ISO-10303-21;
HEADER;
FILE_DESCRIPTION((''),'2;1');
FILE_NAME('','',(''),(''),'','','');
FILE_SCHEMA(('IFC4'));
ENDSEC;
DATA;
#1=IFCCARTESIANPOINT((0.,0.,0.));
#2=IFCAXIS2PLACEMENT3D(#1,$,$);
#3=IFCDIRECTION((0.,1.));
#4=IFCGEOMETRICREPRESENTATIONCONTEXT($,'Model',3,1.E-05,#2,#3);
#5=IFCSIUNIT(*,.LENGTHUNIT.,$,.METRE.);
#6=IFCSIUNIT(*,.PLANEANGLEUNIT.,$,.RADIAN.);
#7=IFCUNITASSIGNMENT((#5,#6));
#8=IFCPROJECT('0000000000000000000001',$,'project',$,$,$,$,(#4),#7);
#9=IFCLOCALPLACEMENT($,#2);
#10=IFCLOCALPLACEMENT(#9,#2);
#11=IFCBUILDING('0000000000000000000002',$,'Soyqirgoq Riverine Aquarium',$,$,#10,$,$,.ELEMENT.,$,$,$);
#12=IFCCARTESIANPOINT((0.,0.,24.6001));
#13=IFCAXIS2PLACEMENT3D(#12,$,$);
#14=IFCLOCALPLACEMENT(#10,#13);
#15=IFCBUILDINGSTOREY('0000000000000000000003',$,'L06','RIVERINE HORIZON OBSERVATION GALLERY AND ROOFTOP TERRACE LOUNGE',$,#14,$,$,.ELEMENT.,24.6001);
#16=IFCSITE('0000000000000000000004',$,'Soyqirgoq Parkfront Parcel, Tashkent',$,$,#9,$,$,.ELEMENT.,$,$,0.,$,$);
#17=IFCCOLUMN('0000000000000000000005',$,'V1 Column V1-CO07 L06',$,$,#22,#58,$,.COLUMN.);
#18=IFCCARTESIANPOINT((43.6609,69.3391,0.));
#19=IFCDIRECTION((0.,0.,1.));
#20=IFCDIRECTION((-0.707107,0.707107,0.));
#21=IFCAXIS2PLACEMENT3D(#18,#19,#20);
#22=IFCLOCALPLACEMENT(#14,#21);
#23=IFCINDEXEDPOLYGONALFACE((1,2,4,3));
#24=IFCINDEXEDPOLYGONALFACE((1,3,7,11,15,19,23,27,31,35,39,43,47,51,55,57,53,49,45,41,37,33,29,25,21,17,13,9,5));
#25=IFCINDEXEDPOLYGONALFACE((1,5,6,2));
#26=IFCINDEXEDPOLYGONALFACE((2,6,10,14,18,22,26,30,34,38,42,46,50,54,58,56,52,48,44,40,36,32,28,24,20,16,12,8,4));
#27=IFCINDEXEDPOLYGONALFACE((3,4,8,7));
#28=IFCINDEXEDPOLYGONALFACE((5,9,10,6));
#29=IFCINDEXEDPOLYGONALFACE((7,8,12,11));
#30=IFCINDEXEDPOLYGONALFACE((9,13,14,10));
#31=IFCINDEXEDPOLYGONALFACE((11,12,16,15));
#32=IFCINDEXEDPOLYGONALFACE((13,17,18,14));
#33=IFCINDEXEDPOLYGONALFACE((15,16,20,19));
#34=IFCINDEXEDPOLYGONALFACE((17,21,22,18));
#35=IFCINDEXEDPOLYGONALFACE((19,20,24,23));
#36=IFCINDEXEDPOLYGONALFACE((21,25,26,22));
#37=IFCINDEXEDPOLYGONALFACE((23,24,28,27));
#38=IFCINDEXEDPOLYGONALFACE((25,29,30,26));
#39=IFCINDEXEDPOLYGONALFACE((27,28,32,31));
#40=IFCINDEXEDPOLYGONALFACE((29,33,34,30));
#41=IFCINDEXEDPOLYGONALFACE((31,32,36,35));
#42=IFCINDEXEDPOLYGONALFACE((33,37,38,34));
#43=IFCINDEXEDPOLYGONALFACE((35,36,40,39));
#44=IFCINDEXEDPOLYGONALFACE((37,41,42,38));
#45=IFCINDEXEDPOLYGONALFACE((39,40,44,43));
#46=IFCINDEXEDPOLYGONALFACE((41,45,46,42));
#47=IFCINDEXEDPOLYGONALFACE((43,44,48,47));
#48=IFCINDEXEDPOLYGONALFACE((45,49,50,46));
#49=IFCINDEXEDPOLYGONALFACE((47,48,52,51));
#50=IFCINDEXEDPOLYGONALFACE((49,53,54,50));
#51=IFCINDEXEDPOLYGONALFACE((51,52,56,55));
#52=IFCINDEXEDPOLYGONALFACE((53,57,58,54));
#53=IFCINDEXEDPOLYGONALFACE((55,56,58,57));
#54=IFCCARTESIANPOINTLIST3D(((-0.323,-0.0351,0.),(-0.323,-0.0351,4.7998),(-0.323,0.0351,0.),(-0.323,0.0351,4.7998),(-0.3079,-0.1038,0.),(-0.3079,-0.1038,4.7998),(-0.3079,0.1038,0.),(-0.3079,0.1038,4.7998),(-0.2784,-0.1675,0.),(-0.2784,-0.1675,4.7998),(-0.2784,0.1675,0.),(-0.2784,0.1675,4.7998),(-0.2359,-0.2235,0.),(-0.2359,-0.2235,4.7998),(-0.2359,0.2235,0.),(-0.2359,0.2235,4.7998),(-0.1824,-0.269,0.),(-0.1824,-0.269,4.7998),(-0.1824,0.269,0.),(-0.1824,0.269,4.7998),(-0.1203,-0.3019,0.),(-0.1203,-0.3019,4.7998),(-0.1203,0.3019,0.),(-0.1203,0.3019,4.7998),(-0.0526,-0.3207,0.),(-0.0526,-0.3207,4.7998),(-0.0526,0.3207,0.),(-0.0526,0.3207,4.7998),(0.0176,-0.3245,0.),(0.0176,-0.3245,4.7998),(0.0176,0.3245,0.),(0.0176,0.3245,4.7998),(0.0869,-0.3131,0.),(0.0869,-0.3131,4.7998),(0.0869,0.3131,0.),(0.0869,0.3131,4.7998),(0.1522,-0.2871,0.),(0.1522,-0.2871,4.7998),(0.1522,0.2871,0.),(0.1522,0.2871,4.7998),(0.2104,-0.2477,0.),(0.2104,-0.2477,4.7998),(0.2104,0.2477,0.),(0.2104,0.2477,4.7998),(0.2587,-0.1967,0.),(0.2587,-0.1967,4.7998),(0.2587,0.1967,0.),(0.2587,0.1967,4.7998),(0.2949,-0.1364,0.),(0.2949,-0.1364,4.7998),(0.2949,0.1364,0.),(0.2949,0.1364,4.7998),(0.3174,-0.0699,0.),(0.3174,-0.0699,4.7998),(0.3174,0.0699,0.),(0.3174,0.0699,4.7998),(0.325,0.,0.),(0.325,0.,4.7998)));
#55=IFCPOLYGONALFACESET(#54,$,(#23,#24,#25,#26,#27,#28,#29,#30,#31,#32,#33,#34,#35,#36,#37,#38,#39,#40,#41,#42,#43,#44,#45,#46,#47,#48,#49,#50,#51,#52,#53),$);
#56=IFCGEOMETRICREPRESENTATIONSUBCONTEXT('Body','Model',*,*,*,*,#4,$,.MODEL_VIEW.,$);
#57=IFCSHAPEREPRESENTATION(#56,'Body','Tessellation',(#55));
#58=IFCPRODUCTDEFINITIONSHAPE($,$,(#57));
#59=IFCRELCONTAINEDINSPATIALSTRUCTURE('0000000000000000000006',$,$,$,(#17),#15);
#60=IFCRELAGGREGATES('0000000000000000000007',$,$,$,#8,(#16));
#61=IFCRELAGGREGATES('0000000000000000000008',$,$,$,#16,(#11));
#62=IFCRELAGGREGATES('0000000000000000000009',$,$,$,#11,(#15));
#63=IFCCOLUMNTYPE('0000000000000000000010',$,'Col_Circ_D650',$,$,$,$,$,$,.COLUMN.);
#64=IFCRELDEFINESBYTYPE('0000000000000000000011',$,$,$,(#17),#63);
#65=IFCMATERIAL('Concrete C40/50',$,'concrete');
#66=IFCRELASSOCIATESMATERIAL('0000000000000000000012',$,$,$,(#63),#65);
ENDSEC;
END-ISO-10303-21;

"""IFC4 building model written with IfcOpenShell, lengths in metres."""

from ifc_helpers import new_model, si_unit, direction, frame, origin, origin_2d, place, context, subcontext, project, spatial, circle, extrude, material, material_profile, profile_set, type_object, element, save


model = new_model("IFC4")

# Units and contexts
model_context = context("Model", 3, precision=1e-05, world=origin(), true_north=direction((0.0, 1.0)))
body_context = subcontext(model_context, "Body", "Model", "MODEL_VIEW")
ifc_project = project(units=[si_unit("LENGTHUNIT", "METRE"), si_unit("PLANEANGLEUNIT", "RADIAN")], contexts=[model_context])

# Site, building, storey
site_placement = place(None, origin())
site = spatial("IfcSite", under=ifc_project, at=site_placement, Name="Soyqirgoq Parkfront Parcel, Tashkent", CompositionType="ELEMENT", RefElevation=0.0)
building_placement = place(site_placement, origin())
building = spatial("IfcBuilding", under=site, at=building_placement, Name="Soyqirgoq Riverine Aquarium", CompositionType="ELEMENT")
storey_placement = place(building_placement, frame((0.0, 0.0, 24.6001)))
storey = spatial("IfcBuildingStorey", under=building, at=storey_placement, Name="L06", Description="RIVERINE HORIZON OBSERVATION GALLERY AND ROOFTOP TERRACE LOUNGE", CompositionType="ELEMENT", Elevation=24.6001)

# Column
ifc_material_1 = material(Name="Concrete C40/50", Category="concrete")
ifc_material_profile_1 = material_profile(ifc_material_1, circle(Radius=0.325, at=origin_2d()), Name="RC-COL D650")
ifc_profile_set_1 = profile_set([ifc_material_profile_1], Name="Concrete C40/50")
column_type = type_object("IfcColumnType", Name="Col_Circ_D650", PredefinedType="COLUMN", material=ifc_profile_set_1)
column_placement = place(storey_placement, frame((43.6609, 69.3391, 0.0), z_axis=(0.0, 0.0, 1.0), x_axis=(-0.707107, 0.707107, 0.0)))
element("IfcColumn", 1, at=column_placement, inside=storey, type_object=column_type, Name="V1 Column V1-CO07 L06", PredefinedType="COLUMN", context=body_context, shape_type="SweptSolid", body=[
    extrude(circle(Radius=0.325, at=origin_2d()), origin(), (0.0, 0.0, 1.0), 4.7998),
])

save(model, "model.ifc")
